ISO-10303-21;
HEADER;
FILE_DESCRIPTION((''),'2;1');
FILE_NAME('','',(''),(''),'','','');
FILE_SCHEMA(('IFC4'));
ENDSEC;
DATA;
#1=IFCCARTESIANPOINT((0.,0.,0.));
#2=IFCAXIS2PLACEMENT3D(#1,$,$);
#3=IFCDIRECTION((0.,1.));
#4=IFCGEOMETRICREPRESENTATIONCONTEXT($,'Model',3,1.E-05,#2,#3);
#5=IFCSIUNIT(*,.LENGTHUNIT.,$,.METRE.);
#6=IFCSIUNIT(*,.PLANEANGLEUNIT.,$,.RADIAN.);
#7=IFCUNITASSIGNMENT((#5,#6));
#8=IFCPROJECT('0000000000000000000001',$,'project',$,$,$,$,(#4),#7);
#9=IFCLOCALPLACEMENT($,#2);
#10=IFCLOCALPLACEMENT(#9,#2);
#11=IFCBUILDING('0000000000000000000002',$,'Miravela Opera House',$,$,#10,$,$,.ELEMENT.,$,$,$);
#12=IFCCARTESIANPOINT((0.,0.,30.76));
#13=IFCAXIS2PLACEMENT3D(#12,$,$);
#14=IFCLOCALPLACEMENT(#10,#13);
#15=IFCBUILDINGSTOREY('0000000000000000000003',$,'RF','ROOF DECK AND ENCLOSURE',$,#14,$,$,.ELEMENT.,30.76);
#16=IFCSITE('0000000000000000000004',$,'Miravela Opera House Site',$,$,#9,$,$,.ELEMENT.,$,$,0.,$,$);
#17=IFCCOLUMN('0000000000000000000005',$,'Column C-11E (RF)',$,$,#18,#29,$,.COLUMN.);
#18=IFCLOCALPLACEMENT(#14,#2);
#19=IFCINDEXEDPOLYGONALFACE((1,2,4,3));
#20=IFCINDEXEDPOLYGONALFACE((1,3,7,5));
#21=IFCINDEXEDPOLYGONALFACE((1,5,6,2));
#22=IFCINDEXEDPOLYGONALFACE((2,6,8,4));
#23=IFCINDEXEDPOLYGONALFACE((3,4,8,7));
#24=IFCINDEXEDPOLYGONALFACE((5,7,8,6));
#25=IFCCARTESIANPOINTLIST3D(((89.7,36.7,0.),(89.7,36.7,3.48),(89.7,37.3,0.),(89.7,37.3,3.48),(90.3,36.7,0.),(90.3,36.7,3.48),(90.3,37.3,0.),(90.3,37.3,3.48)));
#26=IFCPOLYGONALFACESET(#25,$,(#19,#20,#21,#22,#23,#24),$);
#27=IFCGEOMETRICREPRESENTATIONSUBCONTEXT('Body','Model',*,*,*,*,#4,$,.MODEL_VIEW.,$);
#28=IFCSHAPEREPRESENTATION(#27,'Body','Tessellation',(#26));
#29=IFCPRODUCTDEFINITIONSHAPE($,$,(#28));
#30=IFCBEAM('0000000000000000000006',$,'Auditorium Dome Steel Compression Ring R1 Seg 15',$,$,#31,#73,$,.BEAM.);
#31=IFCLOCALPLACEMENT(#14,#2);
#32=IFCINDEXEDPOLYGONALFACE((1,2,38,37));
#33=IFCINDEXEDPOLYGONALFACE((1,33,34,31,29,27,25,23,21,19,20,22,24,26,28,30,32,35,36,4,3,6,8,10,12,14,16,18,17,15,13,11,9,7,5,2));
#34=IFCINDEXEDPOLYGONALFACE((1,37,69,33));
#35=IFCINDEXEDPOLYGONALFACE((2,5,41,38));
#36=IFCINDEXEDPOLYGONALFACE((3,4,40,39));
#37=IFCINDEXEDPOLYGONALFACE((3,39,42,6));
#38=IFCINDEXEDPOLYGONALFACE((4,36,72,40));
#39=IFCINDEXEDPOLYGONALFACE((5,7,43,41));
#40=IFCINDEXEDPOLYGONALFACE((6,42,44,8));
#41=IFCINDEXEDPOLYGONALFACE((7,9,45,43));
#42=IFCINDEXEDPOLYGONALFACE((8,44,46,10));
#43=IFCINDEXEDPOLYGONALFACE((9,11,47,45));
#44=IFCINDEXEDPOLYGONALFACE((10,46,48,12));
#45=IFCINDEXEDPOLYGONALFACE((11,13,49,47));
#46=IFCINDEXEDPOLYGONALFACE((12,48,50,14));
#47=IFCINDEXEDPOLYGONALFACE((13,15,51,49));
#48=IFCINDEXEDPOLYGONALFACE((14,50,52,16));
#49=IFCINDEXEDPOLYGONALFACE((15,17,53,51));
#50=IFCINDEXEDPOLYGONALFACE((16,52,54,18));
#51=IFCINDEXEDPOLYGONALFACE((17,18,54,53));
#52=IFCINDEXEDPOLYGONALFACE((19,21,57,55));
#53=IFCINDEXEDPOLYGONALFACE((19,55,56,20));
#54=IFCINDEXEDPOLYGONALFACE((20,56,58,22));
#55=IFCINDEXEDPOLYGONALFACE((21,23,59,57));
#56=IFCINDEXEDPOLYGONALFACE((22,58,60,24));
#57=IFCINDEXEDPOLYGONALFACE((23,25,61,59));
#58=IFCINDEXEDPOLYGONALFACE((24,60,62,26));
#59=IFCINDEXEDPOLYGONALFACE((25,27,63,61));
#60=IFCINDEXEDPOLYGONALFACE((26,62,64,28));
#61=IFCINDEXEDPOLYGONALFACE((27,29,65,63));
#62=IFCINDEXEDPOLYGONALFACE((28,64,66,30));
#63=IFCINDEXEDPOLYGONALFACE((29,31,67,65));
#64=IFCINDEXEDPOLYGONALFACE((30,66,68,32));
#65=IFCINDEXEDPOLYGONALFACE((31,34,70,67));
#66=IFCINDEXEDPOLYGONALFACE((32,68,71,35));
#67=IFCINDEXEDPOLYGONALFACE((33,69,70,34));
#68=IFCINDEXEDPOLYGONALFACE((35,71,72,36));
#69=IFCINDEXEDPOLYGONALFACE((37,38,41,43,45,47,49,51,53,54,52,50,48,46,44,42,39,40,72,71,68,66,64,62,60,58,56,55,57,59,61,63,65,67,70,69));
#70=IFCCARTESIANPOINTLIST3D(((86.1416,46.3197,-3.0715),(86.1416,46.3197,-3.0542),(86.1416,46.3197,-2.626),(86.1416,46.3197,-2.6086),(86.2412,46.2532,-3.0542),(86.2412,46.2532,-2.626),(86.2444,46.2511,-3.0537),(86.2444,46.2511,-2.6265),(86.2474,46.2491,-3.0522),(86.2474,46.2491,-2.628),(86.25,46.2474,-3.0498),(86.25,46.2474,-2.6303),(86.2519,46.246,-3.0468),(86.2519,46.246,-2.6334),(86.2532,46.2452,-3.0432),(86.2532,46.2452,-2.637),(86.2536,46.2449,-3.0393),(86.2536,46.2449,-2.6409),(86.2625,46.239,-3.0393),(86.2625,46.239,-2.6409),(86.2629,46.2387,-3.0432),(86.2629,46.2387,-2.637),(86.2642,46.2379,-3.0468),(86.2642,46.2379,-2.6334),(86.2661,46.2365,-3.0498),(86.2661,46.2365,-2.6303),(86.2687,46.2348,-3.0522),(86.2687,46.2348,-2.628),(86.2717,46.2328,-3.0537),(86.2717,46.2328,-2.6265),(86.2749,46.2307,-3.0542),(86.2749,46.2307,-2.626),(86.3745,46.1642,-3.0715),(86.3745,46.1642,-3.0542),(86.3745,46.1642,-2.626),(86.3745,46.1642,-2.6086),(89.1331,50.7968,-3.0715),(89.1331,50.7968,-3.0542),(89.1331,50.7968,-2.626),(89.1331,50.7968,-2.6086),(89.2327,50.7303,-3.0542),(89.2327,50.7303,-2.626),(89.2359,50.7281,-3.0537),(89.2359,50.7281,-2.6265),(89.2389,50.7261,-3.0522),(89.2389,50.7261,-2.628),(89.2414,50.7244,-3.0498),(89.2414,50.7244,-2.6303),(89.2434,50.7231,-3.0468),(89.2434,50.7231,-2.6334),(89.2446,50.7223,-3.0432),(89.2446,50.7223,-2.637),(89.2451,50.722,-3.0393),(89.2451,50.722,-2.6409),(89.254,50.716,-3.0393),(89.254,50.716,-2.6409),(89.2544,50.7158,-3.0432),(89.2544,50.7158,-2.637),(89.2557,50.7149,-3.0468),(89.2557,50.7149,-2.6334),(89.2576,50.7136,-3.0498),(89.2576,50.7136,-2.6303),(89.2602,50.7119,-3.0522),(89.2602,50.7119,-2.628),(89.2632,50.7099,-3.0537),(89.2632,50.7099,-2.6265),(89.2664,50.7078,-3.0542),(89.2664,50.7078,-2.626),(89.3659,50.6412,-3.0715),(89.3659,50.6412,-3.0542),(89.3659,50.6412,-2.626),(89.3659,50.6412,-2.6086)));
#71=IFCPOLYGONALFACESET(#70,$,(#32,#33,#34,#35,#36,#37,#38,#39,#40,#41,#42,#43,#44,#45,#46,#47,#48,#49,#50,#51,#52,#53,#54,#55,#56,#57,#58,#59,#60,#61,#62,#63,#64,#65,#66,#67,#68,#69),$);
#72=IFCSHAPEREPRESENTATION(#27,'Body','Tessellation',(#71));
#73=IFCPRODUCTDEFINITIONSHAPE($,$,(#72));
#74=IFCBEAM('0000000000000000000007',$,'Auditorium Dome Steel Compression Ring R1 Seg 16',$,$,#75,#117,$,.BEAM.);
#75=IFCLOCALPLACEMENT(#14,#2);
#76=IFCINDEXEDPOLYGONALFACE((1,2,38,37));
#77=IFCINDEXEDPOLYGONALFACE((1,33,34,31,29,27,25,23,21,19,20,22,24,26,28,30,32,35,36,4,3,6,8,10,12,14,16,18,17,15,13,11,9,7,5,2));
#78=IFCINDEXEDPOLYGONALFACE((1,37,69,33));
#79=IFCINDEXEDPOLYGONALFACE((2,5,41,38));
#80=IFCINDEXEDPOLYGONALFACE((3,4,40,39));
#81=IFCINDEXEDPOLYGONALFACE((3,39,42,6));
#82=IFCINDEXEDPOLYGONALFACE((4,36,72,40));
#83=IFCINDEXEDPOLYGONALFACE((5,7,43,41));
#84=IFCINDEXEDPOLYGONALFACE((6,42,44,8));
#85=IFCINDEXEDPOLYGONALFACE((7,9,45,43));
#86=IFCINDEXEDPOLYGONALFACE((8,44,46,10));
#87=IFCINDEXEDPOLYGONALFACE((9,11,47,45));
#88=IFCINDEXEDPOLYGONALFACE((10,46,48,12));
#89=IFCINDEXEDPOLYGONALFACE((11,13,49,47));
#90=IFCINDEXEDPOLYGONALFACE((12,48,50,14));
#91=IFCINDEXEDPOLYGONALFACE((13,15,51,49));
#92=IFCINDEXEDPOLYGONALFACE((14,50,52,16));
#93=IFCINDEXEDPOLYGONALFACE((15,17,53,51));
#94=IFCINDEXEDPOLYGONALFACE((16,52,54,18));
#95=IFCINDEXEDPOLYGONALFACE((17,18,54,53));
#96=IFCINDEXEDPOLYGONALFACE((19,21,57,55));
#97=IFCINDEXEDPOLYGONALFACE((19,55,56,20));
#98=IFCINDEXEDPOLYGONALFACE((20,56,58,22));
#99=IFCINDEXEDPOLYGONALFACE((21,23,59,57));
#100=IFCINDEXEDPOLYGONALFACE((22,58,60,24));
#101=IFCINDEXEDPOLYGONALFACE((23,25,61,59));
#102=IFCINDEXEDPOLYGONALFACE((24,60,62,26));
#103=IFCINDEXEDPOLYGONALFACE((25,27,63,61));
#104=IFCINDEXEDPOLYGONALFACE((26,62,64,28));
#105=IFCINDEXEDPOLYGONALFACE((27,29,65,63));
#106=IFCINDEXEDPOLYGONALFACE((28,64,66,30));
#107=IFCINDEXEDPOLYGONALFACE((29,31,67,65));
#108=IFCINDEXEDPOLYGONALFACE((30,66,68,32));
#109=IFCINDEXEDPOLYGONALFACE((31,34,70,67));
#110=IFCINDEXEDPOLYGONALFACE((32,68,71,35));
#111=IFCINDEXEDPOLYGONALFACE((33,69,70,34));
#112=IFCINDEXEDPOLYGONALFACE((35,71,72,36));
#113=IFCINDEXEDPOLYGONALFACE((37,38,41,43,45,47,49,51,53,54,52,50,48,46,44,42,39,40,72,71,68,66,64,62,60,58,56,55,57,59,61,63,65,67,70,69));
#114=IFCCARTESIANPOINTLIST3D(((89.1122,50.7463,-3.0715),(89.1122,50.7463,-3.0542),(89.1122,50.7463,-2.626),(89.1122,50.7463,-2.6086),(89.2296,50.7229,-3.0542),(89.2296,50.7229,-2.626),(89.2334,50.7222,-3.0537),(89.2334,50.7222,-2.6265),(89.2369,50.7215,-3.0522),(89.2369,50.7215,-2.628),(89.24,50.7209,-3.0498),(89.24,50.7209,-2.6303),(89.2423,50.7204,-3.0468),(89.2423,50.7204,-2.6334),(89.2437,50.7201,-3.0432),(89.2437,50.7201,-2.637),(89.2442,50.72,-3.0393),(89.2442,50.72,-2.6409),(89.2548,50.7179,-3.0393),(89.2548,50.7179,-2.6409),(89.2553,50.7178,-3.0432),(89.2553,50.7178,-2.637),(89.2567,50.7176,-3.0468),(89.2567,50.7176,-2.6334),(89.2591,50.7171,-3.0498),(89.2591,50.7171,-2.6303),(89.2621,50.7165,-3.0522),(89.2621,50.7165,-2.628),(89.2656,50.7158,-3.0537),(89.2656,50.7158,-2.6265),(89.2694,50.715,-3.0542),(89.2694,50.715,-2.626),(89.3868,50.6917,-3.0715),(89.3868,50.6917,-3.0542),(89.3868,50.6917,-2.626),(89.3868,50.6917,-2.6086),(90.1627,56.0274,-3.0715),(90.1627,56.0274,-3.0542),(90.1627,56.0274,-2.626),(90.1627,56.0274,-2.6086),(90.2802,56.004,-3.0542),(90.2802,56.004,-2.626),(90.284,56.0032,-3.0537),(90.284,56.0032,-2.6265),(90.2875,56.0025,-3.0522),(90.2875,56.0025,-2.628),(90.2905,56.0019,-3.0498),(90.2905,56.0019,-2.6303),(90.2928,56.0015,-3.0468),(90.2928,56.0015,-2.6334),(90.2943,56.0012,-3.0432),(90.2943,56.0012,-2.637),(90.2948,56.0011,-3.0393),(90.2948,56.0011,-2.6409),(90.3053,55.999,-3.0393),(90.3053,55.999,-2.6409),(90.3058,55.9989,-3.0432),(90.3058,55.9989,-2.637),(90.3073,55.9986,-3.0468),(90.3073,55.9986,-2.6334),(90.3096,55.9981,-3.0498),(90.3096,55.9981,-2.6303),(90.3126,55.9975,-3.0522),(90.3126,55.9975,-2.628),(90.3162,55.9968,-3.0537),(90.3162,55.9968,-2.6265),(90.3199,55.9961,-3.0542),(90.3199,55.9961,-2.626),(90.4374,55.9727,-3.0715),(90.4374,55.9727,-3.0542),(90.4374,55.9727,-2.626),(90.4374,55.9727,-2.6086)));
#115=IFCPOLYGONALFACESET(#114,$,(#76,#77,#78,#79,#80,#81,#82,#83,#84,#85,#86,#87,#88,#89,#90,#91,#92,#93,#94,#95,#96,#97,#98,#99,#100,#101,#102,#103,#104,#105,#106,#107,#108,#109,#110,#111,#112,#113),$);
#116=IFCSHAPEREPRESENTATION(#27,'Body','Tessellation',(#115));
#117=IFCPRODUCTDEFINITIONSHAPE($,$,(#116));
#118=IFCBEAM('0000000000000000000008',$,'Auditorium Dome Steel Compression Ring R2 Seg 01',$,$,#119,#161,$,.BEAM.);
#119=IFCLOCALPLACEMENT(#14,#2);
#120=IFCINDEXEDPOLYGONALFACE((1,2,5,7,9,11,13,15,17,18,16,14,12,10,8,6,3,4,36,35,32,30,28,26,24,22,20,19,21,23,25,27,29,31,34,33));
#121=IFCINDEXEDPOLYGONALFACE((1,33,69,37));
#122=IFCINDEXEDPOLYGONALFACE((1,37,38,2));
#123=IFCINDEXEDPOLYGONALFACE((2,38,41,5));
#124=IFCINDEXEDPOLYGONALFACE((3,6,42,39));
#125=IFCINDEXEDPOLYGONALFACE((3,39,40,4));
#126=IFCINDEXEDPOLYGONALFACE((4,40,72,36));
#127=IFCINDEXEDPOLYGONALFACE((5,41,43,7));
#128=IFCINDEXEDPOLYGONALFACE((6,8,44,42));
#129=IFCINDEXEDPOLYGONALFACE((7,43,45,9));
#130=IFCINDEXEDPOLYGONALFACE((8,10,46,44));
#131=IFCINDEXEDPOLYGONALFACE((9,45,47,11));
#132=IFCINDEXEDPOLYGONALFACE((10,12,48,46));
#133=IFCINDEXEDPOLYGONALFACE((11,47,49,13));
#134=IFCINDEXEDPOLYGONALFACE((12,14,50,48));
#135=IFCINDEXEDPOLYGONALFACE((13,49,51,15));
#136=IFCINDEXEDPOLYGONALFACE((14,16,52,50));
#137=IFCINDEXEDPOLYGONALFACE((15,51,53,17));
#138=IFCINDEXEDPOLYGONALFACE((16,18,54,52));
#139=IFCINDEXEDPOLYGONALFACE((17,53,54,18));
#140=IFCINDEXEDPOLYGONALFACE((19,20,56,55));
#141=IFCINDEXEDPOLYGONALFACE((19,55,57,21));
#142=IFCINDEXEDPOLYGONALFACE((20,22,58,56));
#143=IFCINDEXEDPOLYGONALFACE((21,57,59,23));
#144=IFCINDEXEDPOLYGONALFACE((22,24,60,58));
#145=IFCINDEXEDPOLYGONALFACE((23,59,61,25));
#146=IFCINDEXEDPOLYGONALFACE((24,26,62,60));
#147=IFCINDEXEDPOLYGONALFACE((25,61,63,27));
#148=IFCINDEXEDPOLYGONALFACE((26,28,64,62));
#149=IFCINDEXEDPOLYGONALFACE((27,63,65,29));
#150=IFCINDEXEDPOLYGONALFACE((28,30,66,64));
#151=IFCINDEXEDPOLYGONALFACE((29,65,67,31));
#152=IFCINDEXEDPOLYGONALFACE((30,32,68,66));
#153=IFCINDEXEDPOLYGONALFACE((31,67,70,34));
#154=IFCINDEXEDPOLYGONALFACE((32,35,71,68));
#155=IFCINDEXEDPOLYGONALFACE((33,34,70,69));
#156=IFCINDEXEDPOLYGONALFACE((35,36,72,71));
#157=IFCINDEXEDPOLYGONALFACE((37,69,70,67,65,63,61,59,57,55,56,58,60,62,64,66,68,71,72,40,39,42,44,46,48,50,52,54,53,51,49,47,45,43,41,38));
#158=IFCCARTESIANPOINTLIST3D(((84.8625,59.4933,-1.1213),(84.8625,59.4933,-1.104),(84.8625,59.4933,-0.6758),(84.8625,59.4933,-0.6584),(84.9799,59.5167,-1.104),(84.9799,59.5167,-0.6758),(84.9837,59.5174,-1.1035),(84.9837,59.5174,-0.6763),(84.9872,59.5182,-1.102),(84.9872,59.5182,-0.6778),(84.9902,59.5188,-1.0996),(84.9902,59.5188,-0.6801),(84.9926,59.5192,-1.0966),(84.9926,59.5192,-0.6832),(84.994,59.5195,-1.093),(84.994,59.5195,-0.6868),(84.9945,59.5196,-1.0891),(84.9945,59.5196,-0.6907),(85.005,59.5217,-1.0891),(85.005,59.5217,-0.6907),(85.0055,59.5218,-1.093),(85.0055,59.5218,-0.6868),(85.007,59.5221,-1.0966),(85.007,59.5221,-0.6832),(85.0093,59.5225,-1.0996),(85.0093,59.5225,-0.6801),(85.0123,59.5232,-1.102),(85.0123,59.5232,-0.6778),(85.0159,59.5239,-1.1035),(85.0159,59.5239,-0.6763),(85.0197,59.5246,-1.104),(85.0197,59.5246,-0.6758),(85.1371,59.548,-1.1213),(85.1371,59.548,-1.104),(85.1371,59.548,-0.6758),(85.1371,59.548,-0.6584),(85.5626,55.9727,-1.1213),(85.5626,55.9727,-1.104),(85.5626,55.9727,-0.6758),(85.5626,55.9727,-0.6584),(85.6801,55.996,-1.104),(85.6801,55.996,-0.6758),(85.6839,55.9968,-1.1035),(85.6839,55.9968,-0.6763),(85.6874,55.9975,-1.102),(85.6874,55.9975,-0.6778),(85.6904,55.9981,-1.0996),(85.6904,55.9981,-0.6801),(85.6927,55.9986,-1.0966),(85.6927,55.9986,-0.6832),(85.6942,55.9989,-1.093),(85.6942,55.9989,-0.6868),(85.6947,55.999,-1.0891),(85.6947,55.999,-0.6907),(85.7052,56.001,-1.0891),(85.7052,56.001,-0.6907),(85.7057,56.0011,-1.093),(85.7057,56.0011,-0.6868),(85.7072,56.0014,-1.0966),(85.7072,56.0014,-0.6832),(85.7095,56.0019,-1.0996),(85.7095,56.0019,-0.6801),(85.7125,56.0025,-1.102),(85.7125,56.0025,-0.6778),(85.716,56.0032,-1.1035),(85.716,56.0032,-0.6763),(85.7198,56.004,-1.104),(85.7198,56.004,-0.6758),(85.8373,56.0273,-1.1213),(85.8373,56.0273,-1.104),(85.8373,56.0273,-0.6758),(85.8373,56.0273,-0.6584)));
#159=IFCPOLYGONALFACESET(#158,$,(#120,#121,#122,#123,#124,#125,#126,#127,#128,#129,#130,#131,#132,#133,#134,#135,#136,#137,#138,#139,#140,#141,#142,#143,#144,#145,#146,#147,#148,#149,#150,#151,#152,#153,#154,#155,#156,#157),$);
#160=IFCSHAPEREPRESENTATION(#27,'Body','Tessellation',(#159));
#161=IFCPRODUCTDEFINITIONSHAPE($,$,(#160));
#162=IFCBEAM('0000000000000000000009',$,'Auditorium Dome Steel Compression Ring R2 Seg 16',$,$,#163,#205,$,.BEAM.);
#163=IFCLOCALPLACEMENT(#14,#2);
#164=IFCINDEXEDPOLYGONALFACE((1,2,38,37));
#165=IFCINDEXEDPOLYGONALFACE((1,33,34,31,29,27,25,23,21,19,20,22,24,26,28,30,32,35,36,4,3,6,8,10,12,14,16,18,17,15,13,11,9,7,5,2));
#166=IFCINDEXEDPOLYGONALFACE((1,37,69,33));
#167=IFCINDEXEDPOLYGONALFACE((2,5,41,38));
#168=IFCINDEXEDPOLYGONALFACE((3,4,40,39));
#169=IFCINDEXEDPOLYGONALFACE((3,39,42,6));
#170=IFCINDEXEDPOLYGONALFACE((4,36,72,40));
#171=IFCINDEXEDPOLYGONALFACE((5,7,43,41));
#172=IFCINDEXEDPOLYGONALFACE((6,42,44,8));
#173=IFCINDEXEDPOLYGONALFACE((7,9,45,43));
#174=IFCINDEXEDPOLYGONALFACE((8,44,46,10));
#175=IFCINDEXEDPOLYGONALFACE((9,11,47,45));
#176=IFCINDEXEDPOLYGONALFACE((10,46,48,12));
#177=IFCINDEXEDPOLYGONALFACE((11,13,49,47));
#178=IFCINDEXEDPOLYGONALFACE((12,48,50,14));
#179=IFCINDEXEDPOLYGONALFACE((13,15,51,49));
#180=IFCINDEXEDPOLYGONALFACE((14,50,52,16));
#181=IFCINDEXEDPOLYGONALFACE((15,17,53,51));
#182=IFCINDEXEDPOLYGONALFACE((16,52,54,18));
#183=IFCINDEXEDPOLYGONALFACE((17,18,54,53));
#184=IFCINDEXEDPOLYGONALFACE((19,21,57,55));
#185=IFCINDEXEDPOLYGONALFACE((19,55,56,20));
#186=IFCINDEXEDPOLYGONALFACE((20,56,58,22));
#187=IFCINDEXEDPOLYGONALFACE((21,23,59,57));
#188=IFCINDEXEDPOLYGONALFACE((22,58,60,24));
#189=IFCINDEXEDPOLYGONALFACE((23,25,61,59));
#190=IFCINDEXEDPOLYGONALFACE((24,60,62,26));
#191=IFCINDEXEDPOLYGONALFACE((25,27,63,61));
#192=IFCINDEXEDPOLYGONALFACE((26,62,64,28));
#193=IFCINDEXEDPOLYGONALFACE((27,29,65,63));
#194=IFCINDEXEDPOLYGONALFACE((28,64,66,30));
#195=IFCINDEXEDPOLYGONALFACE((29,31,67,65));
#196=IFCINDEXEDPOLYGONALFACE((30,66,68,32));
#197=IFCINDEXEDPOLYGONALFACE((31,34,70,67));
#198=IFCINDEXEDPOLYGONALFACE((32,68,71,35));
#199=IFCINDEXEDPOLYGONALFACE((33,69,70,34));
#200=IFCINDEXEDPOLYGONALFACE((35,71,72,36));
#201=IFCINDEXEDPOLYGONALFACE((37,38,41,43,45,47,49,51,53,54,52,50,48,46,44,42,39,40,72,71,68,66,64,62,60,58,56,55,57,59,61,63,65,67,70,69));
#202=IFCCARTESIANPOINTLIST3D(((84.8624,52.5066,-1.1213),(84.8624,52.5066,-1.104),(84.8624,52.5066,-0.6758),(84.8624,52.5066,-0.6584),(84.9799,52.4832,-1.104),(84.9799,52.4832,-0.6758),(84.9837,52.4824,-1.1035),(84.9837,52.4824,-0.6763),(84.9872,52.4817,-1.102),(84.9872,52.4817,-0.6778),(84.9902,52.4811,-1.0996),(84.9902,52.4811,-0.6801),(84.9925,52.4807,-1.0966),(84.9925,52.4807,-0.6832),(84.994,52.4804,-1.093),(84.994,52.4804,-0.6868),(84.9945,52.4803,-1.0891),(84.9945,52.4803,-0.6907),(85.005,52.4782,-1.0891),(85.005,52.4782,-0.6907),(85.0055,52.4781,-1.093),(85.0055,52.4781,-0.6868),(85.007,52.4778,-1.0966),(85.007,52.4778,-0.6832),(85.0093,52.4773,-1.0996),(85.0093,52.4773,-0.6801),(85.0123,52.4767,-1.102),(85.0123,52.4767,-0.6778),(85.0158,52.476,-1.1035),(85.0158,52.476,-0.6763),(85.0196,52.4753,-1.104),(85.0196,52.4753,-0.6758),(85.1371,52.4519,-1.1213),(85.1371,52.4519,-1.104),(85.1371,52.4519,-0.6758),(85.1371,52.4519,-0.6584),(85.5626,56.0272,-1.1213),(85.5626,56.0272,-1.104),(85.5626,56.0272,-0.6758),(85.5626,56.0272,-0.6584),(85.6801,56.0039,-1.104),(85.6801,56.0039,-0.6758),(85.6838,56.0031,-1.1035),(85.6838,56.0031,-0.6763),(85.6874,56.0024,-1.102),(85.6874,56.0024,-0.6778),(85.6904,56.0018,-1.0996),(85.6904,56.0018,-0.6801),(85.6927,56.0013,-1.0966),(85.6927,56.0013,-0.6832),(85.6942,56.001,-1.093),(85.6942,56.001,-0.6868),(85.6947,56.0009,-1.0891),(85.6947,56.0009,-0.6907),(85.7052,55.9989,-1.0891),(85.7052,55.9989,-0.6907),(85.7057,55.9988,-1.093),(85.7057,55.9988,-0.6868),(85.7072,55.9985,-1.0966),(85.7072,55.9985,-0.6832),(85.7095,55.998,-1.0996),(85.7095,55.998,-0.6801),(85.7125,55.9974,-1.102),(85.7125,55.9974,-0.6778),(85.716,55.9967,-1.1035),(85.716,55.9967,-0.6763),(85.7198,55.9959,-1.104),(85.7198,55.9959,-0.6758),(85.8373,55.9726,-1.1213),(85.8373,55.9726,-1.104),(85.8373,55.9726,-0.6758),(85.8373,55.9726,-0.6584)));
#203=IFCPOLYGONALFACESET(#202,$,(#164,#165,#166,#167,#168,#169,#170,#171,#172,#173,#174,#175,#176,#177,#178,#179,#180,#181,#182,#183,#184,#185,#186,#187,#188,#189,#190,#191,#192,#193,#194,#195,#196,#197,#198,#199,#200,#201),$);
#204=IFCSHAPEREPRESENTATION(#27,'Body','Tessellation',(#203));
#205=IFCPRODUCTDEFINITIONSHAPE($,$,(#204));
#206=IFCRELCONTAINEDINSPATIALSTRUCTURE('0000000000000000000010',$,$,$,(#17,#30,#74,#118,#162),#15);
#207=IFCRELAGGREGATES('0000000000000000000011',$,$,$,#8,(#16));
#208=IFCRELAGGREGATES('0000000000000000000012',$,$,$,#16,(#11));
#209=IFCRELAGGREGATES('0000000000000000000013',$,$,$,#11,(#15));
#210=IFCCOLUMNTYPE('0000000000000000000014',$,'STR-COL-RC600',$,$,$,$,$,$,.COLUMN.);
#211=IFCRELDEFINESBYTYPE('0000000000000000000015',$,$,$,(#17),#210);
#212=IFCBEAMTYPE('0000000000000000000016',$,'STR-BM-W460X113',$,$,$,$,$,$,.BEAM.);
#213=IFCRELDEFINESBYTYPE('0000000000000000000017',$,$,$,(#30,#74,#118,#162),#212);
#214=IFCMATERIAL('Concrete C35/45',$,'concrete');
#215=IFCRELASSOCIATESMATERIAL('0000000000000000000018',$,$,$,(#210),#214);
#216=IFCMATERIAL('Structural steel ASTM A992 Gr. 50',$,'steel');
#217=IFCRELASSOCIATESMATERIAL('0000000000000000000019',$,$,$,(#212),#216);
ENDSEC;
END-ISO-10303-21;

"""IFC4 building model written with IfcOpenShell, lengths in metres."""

from ifc_helpers import new_model, si_unit, direction, frame, origin, origin_2d, place, context, subcontext, project, spatial, rectangle, i_section, extrude, material, material_profile, profile_set, type_object, element, save


model = new_model("IFC4")

# Units and contexts
model_context = context("Model", 3, precision=1e-05, world=origin(), true_north=direction((0.0, 1.0)))
body_context = subcontext(model_context, "Body", "Model", "MODEL_VIEW")
ifc_project = project(units=[si_unit("LENGTHUNIT", "METRE"), si_unit("PLANEANGLEUNIT", "RADIAN")], contexts=[model_context])

# Site, building, storey
site_placement = place(None, origin())
site = spatial("IfcSite", under=ifc_project, at=site_placement, Name="Miravela Opera House Site", CompositionType="ELEMENT", RefElevation=0.0)
building_placement = place(site_placement, origin())
building = spatial("IfcBuilding", under=site, at=building_placement, Name="Miravela Opera House", CompositionType="ELEMENT")
storey_placement = place(building_placement, frame((0.0, 0.0, 30.76)))
storey = spatial("IfcBuildingStorey", under=building, at=storey_placement, Name="RF", Description="ROOF DECK AND ENCLOSURE", CompositionType="ELEMENT", Elevation=30.76)

# Column
ifc_material_1 = material(Name="Concrete C35/45", Category="concrete")
ifc_material_profile_1 = material_profile(ifc_material_1, rectangle(XDim=0.6001, YDim=0.6001, at=origin_2d()), Name="RC-COL-600X600")
ifc_profile_set_1 = profile_set([ifc_material_profile_1])
column_type = type_object("IfcColumnType", Name="STR-COL-RC600", PredefinedType="COLUMN", material=ifc_profile_set_1)
column_placement = place(storey_placement, frame((90.0, 37.0, 0.0), z_axis=(0.0, 0.0, 1.0), x_axis=(1.0, 0.0, 0.0)))
element("IfcColumn", 1, at=column_placement, inside=storey, type_object=column_type, Name="Column C-11E (RF)", PredefinedType="COLUMN", context=body_context, shape_type="SweptSolid", body=[
    extrude(rectangle(XDim=0.6001, YDim=0.6001, at=origin_2d()), origin(), (0.0, 0.0, 1.0), 3.48),
])

# Beams
ifc_material_2 = material(Name="Structural steel ASTM A992 Gr. 50", Category="steel")
ifc_material_profile_2 = material_profile(ifc_material_2, i_section(OverallWidth=0.28, OverallDepth=0.4629, WebThickness=0.0107, FlangeThickness=0.0173, FilletRadius=0.0149, at=origin_2d()), Name="W460X113")
ifc_profile_set_2 = profile_set([ifc_material_profile_2])
beam_type = type_object("IfcBeamType", Name="STR-BM-W460X113", PredefinedType="BEAM", material=ifc_profile_set_2)
for number, where, z_axis, x_axis, name in (
    (2, (86.2581, 46.2419, -2.8401), (0.555568, 0.831471, 0.0), (-0.831471, 0.555568, 0.0), "Auditorium Dome Steel Compression Ring R1 Seg 15"),
    (3, (89.2495, 50.719, -2.8401), (0.195105, 0.980782, 0.0), (-0.980782, 0.195105, 0.0), "Auditorium Dome Steel Compression Ring R1 Seg 16"),
):
    element("IfcBeam", number, at=place(storey_placement, frame(where, z_axis=z_axis, x_axis=x_axis)), inside=storey, type_object=beam_type, Name=name, PredefinedType="BEAM", context=body_context, shape_type="SweptSolid", body=[
        extrude(i_section(OverallWidth=0.28, OverallDepth=0.4629, WebThickness=0.0107, FlangeThickness=0.0173, FilletRadius=0.0149, at=origin_2d()), origin(), (0.0, 0.0, 1.0), 5.3845),
    ])
for number, where, z_axis, x_axis, name in (
    (4, (85.7, 56.0, -0.8899), (-0.195057, 0.980792, 0.0), (-0.980792, -0.195057, 0.0), "Auditorium Dome Steel Compression Ring R2 Seg 01"),
    (5, (84.9998, 52.4792, -0.8899), (0.195057, 0.980792, 0.0), (-0.980792, 0.195057, 0.0), "Auditorium Dome Steel Compression Ring R2 Seg 16"),
):
    element("IfcBeam", number, at=place(storey_placement, frame(where, z_axis=z_axis, x_axis=x_axis)), inside=storey, type_object=beam_type, Name=name, PredefinedType="BEAM", context=body_context, shape_type="SweptSolid", body=[
        extrude(i_section(OverallWidth=0.28, OverallDepth=0.4629, WebThickness=0.0107, FlangeThickness=0.0173, FilletRadius=0.0149, at=origin_2d()), origin(), (0.0, 0.0, 1.0), 3.5896),
    ])

save(model, "model.ifc")
